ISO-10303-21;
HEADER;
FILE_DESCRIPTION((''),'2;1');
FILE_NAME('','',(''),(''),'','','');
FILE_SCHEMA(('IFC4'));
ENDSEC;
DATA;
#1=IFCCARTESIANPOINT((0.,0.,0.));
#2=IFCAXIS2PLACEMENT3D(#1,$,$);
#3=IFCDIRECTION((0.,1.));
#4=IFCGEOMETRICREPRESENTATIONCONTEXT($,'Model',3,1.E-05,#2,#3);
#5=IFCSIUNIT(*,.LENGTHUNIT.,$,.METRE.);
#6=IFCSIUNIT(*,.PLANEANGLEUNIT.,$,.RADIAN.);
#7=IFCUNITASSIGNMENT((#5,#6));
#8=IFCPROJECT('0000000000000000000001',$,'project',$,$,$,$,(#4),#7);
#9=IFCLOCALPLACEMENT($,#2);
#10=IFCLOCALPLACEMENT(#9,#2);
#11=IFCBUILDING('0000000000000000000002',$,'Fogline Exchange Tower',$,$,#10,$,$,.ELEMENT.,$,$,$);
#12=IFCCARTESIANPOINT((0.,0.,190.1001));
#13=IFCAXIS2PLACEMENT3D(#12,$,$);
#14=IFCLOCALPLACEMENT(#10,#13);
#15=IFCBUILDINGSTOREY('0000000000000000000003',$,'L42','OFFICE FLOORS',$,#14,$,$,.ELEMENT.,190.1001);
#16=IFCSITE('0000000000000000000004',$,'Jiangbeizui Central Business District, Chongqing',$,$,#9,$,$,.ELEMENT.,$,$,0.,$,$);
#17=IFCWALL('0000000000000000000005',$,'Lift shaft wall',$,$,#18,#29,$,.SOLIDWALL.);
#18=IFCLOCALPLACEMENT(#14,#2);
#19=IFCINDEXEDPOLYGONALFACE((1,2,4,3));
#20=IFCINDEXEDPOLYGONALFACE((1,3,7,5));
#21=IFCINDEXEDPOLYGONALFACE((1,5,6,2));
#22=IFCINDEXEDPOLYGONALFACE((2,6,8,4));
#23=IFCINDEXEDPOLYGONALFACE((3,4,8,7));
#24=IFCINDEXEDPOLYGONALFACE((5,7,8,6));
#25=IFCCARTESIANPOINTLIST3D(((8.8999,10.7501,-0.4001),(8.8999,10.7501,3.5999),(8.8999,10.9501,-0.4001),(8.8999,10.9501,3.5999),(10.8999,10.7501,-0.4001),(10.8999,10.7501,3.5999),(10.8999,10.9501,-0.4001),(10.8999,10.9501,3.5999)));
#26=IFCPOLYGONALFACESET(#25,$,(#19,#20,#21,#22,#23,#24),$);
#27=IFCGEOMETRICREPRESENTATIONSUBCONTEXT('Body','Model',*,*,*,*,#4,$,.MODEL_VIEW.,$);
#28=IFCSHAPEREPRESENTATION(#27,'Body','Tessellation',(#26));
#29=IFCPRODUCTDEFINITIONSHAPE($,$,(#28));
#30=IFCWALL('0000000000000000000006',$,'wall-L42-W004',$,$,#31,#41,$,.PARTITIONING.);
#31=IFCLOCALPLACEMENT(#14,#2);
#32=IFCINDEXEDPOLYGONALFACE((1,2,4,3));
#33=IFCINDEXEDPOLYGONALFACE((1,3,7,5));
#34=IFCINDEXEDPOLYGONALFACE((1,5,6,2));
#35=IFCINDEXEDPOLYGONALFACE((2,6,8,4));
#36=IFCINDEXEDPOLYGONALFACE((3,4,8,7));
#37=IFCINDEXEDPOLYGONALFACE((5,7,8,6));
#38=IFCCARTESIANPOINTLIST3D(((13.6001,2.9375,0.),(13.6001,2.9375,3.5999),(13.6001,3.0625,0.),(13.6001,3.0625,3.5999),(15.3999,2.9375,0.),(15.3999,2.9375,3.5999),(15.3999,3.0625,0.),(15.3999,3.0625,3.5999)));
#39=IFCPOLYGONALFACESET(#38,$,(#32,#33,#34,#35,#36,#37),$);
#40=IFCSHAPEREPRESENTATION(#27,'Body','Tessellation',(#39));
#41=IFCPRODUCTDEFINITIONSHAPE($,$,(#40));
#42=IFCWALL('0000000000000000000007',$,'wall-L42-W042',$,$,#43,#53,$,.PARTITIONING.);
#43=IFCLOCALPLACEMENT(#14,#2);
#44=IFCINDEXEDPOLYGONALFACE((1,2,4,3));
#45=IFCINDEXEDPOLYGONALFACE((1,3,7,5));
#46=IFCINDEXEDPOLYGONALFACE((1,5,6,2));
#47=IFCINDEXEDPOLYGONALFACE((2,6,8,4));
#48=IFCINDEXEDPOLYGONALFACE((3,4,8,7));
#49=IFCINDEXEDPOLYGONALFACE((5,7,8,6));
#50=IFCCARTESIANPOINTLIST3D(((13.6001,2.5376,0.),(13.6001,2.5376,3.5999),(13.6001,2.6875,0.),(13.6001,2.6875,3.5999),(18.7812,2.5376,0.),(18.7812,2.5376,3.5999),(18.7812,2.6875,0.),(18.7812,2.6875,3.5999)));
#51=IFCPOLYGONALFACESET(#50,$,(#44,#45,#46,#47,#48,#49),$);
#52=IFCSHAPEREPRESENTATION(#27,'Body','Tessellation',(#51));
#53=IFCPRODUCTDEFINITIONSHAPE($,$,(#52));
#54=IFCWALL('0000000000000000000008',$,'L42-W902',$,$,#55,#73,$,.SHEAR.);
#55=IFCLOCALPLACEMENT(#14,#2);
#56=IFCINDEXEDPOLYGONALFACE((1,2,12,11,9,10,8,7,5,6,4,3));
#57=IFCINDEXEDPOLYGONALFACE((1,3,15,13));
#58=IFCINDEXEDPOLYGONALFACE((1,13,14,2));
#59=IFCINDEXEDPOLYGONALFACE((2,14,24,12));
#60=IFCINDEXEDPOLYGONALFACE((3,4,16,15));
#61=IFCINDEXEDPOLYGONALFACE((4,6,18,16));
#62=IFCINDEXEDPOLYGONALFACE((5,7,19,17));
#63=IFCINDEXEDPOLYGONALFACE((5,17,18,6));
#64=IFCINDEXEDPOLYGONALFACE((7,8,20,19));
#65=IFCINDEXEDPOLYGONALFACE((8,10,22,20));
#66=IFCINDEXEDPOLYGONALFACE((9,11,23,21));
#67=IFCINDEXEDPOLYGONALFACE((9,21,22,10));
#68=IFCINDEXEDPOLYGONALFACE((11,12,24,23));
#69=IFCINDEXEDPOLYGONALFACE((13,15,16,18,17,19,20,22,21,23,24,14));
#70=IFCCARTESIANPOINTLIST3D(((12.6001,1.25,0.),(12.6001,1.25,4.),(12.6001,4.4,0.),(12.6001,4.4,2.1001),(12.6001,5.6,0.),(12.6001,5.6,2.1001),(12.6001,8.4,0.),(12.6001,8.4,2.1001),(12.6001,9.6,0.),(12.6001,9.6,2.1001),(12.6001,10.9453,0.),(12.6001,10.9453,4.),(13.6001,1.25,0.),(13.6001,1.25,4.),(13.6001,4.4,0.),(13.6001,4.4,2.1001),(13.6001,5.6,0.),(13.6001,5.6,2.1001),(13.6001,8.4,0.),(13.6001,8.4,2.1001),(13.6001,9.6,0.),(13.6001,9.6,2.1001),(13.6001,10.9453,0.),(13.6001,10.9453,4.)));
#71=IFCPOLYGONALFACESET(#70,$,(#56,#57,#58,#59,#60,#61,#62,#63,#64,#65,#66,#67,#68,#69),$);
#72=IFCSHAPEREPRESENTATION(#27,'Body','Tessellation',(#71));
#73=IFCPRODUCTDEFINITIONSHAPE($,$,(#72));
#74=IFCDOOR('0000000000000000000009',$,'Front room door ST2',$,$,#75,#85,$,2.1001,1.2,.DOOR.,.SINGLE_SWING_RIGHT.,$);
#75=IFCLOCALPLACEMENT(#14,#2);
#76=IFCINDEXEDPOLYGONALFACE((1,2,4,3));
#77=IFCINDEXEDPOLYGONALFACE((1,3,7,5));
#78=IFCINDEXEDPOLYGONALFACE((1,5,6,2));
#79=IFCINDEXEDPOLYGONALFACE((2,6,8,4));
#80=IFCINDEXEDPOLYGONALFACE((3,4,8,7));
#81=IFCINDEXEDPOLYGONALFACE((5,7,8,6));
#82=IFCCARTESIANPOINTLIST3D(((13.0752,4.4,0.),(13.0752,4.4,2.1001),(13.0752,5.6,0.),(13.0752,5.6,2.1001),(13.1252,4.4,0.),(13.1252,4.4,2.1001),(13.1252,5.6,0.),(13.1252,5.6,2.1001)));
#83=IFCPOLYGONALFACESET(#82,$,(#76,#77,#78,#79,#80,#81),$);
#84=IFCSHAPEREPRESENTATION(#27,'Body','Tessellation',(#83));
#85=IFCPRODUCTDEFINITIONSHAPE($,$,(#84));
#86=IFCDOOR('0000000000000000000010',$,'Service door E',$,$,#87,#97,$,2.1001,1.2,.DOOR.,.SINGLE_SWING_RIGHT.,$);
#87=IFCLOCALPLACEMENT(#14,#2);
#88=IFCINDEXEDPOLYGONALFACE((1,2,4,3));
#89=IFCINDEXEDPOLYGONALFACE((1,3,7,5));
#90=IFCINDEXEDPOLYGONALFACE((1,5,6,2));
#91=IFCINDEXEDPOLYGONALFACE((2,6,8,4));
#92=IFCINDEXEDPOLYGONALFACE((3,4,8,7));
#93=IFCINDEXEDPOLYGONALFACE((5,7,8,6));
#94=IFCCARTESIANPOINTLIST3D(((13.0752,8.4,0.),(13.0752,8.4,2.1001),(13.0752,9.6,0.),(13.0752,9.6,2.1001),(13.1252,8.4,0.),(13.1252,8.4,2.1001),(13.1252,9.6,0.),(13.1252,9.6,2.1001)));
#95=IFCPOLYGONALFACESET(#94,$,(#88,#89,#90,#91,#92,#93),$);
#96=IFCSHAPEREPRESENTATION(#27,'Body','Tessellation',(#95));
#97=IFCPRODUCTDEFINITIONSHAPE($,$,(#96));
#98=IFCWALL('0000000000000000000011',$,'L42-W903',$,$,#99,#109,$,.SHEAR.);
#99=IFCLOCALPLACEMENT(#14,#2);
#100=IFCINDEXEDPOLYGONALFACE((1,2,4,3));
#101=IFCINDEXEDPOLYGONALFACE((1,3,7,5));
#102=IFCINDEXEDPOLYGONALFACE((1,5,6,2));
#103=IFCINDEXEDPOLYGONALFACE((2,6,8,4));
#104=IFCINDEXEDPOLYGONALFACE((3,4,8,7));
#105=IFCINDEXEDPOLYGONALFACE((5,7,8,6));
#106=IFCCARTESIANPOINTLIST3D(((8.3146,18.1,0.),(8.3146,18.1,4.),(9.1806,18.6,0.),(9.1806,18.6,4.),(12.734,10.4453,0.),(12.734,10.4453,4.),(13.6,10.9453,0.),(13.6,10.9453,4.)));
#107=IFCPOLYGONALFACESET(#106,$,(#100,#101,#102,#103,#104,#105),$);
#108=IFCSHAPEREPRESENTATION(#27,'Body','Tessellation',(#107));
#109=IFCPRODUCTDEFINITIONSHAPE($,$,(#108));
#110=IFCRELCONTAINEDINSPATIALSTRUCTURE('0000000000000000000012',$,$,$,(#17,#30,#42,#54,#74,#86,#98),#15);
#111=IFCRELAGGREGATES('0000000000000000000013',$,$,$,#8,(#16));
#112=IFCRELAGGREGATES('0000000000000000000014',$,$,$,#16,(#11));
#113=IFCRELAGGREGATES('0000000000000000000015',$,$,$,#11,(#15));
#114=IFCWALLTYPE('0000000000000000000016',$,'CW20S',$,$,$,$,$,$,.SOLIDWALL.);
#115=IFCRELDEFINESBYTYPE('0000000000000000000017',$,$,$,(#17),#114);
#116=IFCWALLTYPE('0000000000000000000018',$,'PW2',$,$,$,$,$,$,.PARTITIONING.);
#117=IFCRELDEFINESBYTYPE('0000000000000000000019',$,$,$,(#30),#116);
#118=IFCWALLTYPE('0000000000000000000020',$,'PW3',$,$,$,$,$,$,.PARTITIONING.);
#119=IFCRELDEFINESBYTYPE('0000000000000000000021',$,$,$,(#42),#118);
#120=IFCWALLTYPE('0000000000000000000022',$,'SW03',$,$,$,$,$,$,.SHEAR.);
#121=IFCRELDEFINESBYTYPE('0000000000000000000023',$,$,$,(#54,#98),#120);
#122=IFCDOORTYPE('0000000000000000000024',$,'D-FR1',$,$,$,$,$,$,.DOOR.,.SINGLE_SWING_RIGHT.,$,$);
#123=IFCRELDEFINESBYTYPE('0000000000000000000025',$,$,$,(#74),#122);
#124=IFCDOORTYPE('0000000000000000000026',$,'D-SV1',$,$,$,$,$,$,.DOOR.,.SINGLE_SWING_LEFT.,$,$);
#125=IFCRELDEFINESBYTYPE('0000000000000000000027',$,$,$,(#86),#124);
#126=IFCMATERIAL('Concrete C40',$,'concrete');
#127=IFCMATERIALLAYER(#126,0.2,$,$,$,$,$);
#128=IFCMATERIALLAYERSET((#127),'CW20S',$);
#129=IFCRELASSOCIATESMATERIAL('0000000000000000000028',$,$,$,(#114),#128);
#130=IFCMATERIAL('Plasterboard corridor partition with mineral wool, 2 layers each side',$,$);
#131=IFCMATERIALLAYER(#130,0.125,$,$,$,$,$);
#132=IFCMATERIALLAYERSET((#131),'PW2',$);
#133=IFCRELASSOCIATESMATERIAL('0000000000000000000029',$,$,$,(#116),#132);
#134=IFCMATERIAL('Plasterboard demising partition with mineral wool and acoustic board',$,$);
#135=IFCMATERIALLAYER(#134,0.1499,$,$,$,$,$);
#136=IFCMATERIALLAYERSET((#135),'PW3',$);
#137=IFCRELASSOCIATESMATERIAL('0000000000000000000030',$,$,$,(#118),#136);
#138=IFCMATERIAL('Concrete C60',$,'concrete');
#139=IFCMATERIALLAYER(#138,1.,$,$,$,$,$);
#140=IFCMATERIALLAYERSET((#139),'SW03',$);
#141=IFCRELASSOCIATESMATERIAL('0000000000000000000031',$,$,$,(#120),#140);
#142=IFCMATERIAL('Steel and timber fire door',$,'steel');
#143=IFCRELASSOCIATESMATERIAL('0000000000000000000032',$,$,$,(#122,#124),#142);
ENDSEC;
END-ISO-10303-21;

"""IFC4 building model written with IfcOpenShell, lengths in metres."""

from ifc_helpers import new_model, si_unit, direction, frame, frame_2d, origin, place, context, subcontext, project, spatial, rectangle, extrude, material, layer, layer_set, type_object, element, fill, save


model = new_model("IFC4")

# Units and contexts
model_context = context("Model", 3, precision=1e-05, world=origin(), true_north=direction((0.0, 1.0)))
body_context = subcontext(model_context, "Body", "Model", "MODEL_VIEW")
ifc_project = project(units=[si_unit("LENGTHUNIT", "METRE"), si_unit("PLANEANGLEUNIT", "RADIAN")], contexts=[model_context])

# Site, building, storey
site_placement = place(None, origin())
site = spatial("IfcSite", under=ifc_project, at=site_placement, Name="Jiangbeizui Central Business District, Chongqing", CompositionType="ELEMENT", RefElevation=0.0)
building_placement = place(site_placement, origin())
building = spatial("IfcBuilding", under=site, at=building_placement, Name="Fogline Exchange Tower", CompositionType="ELEMENT")
storey_placement = place(building_placement, frame((0.0, 0.0, 190.1001)))
storey = spatial("IfcBuildingStorey", under=building, at=storey_placement, Name="L42", Description="OFFICE FLOORS", CompositionType="ELEMENT", Elevation=190.1001)

# Shared definitions
ifc_material_1 = material(Name="Concrete C60", Category="concrete")

# Shared definitions
ifc_material_2 = material(Name="Concrete C40", Category="concrete")

# Shared definitions
ifc_material_3 = material(Name="Steel and timber fire door", Category="steel")

# Walls
ifc_layer_1 = layer(ifc_material_2, 0.2)
ifc_layer_set_1 = layer_set([ifc_layer_1], Name="CW20S")
wall_type_1 = type_object("IfcWallType", Name="CW20S", PredefinedType="SOLIDWALL", material=ifc_layer_set_1)
for number, where, z_axis, x_axis, name in (
    (1, (8.8999, 10.8501, -0.4001), (0.0, 0.0, 1.0), (1.0, 0.0, 0.0), "Lift shaft wall"),
):
    element("IfcWall", number, at=place(storey_placement, frame(where, z_axis=z_axis, x_axis=x_axis)), inside=storey, type_object=wall_type_1, Name=name, PredefinedType="SOLIDWALL", context=body_context, shape_type="SweptSolid", body=[
        extrude(rectangle(XDim=2.0, YDim=0.2, at=frame_2d((1.0, 0.0))), origin(), (0.0, 0.0, 1.0), 4.0),
    ])
ifc_material_4 = material(Name="Plasterboard corridor partition with mineral wool, 2 layers each side")
ifc_layer_2 = layer(ifc_material_4, 0.125)
ifc_layer_set_2 = layer_set([ifc_layer_2], Name="PW2")
wall_type_2 = type_object("IfcWallType", Name="PW2", PredefinedType="PARTITIONING", material=ifc_layer_set_2)
wall_1_placement = place(storey_placement, frame((15.3999, 3.0, 0.0), z_axis=(0.0, 0.0, 1.0), x_axis=(-1.0, 0.0, 0.0)))
element("IfcWall", 2, at=wall_1_placement, inside=storey, type_object=wall_type_2, Name="wall-L42-W004", PredefinedType="PARTITIONING", context=body_context, shape_type="SweptSolid", body=[
    extrude(rectangle(XDim=1.7998, YDim=0.125, at=frame_2d((0.8999, 0.0))), origin(), (0.0, 0.0, 1.0), 3.5999),
])
ifc_material_5 = material(Name="Plasterboard demising partition with mineral wool and acoustic board")
ifc_layer_3 = layer(ifc_material_5, 0.1499)
ifc_layer_set_3 = layer_set([ifc_layer_3], Name="PW3")
wall_type_3 = type_object("IfcWallType", Name="PW3", PredefinedType="PARTITIONING", material=ifc_layer_set_3)
wall_2_placement = place(storey_placement, frame((13.6001, 2.6125, 0.0), z_axis=(0.0, 0.0, 1.0), x_axis=(1.0, 0.0, 0.0)))
element("IfcWall", 3, at=wall_2_placement, inside=storey, type_object=wall_type_3, Name="wall-L42-W042", PredefinedType="PARTITIONING", context=body_context, shape_type="SweptSolid", body=[
    extrude(rectangle(XDim=5.1812, YDim=0.1499, at=frame_2d((2.5906, 0.0))), origin(), (0.0, 0.0, 1.0), 3.5999),
])

# Wall, openings, doors
ifc_layer_4 = layer(ifc_material_1, 1.0)
ifc_layer_set_4 = layer_set([ifc_layer_4], Name="SW03")
wall_type_4 = type_object("IfcWallType", Name="SW03", PredefinedType="SHEAR", material=ifc_layer_set_4)
wall_3_placement = place(storey_placement, frame((13.1001, 1.25, 0.0), z_axis=(0.0, 0.0, 1.0), x_axis=(0.0, 1.0, 0.0)))
wall_3 = element("IfcWall", 4, at=wall_3_placement, inside=storey, type_object=wall_type_4, Name="L42-W902", PredefinedType="SHEAR", context=body_context, shape_type="SweptSolid", body=[
    extrude(rectangle(XDim=9.6953, YDim=1.0, at=frame_2d((4.8477, 0.0))), origin(), (0.0, 0.0, 1.0), 4.0),
])
opening_1_placement = place(wall_3_placement, frame((3.1499, 0.0, 0.0)))
opening_1 = element("IfcOpeningElement", 5, at=opening_1_placement, cuts=wall_3, PredefinedType="OPENING", context=body_context, shape_type="SweptSolid", body=[
    extrude(rectangle(XDim=1.2, YDim=2.1001, at=frame_2d((0.6001, 1.05))), frame((0.0, 0.51, 0.0), z_axis=(0.0, -1.0, 0.0), x_axis=(1.0, 0.0, 0.0)), (0.0, 0.0, 1.0), 1.02),
])
opening_2_placement = place(wall_3_placement, frame((7.1499, 0.0, 0.0)))
opening_2 = element("IfcOpeningElement", 6, at=opening_2_placement, cuts=wall_3, PredefinedType="OPENING", context=body_context, shape_type="SweptSolid", body=[
    extrude(rectangle(XDim=1.2, YDim=2.1001, at=frame_2d((0.6001, 1.05))), frame((0.0, 0.51, 0.0), z_axis=(0.0, -1.0, 0.0), x_axis=(1.0, 0.0, 0.0)), (0.0, 0.0, 1.0), 1.02),
])
door_type_1 = type_object("IfcDoorType", Name="D-FR1", OperationType="SINGLE_SWING_RIGHT", PredefinedType="DOOR", material=ifc_material_3)
door_1_placement = place(opening_1_placement, origin())
door_1 = element("IfcDoor", 7, at=door_1_placement, inside=storey, type_object=door_type_1, Name="Front room door ST2", OperationType="SINGLE_SWING_RIGHT", OverallHeight=2.1001, OverallWidth=1.2, PredefinedType="DOOR", context=body_context, shape_type="SweptSolid", body=[
    extrude(rectangle(XDim=1.2, YDim=2.1001, at=frame_2d((0.6001, 1.05))), frame((0.0, 0.0249, 0.0), z_axis=(0.0, -1.0, 0.0), x_axis=(1.0, 0.0, 0.0)), (0.0, 0.0, 1.0), 0.05),
])
fill(opening_1, door_1)
door_type_2 = type_object("IfcDoorType", Name="D-SV1", OperationType="SINGLE_SWING_LEFT", PredefinedType="DOOR", material=ifc_material_3)
door_2_placement = place(opening_2_placement, origin())
door_2 = element("IfcDoor", 8, at=door_2_placement, inside=storey, type_object=door_type_2, Name="Service door E", OperationType="SINGLE_SWING_RIGHT", OverallHeight=2.1001, OverallWidth=1.2, PredefinedType="DOOR", context=body_context, shape_type="SweptSolid", body=[
    extrude(rectangle(XDim=1.2, YDim=2.1001, at=frame_2d((0.6001, 1.05))), frame((0.0, 0.0249, 0.0), z_axis=(0.0, -1.0, 0.0), x_axis=(1.0, 0.0, 0.0)), (0.0, 0.0, 1.0), 0.05),
])
fill(opening_2, door_2)

# Wall
wall_4_placement = place(storey_placement, frame((13.167, 10.6953, 0.0), z_axis=(0.0, 0.0, 1.0), x_axis=(-0.499995, 0.866028, 0.0)))
element("IfcWall", 9, at=wall_4_placement, inside=storey, type_object=wall_type_4, Name="L42-W903", PredefinedType="SHEAR", context=body_context, shape_type="SweptSolid", body=[
    extrude(rectangle(XDim=8.8389, YDim=1.0, at=frame_2d((4.4194, 0.0))), origin(), (0.0, 0.0, 1.0), 4.0),
])

save(model, "model.ifc")
